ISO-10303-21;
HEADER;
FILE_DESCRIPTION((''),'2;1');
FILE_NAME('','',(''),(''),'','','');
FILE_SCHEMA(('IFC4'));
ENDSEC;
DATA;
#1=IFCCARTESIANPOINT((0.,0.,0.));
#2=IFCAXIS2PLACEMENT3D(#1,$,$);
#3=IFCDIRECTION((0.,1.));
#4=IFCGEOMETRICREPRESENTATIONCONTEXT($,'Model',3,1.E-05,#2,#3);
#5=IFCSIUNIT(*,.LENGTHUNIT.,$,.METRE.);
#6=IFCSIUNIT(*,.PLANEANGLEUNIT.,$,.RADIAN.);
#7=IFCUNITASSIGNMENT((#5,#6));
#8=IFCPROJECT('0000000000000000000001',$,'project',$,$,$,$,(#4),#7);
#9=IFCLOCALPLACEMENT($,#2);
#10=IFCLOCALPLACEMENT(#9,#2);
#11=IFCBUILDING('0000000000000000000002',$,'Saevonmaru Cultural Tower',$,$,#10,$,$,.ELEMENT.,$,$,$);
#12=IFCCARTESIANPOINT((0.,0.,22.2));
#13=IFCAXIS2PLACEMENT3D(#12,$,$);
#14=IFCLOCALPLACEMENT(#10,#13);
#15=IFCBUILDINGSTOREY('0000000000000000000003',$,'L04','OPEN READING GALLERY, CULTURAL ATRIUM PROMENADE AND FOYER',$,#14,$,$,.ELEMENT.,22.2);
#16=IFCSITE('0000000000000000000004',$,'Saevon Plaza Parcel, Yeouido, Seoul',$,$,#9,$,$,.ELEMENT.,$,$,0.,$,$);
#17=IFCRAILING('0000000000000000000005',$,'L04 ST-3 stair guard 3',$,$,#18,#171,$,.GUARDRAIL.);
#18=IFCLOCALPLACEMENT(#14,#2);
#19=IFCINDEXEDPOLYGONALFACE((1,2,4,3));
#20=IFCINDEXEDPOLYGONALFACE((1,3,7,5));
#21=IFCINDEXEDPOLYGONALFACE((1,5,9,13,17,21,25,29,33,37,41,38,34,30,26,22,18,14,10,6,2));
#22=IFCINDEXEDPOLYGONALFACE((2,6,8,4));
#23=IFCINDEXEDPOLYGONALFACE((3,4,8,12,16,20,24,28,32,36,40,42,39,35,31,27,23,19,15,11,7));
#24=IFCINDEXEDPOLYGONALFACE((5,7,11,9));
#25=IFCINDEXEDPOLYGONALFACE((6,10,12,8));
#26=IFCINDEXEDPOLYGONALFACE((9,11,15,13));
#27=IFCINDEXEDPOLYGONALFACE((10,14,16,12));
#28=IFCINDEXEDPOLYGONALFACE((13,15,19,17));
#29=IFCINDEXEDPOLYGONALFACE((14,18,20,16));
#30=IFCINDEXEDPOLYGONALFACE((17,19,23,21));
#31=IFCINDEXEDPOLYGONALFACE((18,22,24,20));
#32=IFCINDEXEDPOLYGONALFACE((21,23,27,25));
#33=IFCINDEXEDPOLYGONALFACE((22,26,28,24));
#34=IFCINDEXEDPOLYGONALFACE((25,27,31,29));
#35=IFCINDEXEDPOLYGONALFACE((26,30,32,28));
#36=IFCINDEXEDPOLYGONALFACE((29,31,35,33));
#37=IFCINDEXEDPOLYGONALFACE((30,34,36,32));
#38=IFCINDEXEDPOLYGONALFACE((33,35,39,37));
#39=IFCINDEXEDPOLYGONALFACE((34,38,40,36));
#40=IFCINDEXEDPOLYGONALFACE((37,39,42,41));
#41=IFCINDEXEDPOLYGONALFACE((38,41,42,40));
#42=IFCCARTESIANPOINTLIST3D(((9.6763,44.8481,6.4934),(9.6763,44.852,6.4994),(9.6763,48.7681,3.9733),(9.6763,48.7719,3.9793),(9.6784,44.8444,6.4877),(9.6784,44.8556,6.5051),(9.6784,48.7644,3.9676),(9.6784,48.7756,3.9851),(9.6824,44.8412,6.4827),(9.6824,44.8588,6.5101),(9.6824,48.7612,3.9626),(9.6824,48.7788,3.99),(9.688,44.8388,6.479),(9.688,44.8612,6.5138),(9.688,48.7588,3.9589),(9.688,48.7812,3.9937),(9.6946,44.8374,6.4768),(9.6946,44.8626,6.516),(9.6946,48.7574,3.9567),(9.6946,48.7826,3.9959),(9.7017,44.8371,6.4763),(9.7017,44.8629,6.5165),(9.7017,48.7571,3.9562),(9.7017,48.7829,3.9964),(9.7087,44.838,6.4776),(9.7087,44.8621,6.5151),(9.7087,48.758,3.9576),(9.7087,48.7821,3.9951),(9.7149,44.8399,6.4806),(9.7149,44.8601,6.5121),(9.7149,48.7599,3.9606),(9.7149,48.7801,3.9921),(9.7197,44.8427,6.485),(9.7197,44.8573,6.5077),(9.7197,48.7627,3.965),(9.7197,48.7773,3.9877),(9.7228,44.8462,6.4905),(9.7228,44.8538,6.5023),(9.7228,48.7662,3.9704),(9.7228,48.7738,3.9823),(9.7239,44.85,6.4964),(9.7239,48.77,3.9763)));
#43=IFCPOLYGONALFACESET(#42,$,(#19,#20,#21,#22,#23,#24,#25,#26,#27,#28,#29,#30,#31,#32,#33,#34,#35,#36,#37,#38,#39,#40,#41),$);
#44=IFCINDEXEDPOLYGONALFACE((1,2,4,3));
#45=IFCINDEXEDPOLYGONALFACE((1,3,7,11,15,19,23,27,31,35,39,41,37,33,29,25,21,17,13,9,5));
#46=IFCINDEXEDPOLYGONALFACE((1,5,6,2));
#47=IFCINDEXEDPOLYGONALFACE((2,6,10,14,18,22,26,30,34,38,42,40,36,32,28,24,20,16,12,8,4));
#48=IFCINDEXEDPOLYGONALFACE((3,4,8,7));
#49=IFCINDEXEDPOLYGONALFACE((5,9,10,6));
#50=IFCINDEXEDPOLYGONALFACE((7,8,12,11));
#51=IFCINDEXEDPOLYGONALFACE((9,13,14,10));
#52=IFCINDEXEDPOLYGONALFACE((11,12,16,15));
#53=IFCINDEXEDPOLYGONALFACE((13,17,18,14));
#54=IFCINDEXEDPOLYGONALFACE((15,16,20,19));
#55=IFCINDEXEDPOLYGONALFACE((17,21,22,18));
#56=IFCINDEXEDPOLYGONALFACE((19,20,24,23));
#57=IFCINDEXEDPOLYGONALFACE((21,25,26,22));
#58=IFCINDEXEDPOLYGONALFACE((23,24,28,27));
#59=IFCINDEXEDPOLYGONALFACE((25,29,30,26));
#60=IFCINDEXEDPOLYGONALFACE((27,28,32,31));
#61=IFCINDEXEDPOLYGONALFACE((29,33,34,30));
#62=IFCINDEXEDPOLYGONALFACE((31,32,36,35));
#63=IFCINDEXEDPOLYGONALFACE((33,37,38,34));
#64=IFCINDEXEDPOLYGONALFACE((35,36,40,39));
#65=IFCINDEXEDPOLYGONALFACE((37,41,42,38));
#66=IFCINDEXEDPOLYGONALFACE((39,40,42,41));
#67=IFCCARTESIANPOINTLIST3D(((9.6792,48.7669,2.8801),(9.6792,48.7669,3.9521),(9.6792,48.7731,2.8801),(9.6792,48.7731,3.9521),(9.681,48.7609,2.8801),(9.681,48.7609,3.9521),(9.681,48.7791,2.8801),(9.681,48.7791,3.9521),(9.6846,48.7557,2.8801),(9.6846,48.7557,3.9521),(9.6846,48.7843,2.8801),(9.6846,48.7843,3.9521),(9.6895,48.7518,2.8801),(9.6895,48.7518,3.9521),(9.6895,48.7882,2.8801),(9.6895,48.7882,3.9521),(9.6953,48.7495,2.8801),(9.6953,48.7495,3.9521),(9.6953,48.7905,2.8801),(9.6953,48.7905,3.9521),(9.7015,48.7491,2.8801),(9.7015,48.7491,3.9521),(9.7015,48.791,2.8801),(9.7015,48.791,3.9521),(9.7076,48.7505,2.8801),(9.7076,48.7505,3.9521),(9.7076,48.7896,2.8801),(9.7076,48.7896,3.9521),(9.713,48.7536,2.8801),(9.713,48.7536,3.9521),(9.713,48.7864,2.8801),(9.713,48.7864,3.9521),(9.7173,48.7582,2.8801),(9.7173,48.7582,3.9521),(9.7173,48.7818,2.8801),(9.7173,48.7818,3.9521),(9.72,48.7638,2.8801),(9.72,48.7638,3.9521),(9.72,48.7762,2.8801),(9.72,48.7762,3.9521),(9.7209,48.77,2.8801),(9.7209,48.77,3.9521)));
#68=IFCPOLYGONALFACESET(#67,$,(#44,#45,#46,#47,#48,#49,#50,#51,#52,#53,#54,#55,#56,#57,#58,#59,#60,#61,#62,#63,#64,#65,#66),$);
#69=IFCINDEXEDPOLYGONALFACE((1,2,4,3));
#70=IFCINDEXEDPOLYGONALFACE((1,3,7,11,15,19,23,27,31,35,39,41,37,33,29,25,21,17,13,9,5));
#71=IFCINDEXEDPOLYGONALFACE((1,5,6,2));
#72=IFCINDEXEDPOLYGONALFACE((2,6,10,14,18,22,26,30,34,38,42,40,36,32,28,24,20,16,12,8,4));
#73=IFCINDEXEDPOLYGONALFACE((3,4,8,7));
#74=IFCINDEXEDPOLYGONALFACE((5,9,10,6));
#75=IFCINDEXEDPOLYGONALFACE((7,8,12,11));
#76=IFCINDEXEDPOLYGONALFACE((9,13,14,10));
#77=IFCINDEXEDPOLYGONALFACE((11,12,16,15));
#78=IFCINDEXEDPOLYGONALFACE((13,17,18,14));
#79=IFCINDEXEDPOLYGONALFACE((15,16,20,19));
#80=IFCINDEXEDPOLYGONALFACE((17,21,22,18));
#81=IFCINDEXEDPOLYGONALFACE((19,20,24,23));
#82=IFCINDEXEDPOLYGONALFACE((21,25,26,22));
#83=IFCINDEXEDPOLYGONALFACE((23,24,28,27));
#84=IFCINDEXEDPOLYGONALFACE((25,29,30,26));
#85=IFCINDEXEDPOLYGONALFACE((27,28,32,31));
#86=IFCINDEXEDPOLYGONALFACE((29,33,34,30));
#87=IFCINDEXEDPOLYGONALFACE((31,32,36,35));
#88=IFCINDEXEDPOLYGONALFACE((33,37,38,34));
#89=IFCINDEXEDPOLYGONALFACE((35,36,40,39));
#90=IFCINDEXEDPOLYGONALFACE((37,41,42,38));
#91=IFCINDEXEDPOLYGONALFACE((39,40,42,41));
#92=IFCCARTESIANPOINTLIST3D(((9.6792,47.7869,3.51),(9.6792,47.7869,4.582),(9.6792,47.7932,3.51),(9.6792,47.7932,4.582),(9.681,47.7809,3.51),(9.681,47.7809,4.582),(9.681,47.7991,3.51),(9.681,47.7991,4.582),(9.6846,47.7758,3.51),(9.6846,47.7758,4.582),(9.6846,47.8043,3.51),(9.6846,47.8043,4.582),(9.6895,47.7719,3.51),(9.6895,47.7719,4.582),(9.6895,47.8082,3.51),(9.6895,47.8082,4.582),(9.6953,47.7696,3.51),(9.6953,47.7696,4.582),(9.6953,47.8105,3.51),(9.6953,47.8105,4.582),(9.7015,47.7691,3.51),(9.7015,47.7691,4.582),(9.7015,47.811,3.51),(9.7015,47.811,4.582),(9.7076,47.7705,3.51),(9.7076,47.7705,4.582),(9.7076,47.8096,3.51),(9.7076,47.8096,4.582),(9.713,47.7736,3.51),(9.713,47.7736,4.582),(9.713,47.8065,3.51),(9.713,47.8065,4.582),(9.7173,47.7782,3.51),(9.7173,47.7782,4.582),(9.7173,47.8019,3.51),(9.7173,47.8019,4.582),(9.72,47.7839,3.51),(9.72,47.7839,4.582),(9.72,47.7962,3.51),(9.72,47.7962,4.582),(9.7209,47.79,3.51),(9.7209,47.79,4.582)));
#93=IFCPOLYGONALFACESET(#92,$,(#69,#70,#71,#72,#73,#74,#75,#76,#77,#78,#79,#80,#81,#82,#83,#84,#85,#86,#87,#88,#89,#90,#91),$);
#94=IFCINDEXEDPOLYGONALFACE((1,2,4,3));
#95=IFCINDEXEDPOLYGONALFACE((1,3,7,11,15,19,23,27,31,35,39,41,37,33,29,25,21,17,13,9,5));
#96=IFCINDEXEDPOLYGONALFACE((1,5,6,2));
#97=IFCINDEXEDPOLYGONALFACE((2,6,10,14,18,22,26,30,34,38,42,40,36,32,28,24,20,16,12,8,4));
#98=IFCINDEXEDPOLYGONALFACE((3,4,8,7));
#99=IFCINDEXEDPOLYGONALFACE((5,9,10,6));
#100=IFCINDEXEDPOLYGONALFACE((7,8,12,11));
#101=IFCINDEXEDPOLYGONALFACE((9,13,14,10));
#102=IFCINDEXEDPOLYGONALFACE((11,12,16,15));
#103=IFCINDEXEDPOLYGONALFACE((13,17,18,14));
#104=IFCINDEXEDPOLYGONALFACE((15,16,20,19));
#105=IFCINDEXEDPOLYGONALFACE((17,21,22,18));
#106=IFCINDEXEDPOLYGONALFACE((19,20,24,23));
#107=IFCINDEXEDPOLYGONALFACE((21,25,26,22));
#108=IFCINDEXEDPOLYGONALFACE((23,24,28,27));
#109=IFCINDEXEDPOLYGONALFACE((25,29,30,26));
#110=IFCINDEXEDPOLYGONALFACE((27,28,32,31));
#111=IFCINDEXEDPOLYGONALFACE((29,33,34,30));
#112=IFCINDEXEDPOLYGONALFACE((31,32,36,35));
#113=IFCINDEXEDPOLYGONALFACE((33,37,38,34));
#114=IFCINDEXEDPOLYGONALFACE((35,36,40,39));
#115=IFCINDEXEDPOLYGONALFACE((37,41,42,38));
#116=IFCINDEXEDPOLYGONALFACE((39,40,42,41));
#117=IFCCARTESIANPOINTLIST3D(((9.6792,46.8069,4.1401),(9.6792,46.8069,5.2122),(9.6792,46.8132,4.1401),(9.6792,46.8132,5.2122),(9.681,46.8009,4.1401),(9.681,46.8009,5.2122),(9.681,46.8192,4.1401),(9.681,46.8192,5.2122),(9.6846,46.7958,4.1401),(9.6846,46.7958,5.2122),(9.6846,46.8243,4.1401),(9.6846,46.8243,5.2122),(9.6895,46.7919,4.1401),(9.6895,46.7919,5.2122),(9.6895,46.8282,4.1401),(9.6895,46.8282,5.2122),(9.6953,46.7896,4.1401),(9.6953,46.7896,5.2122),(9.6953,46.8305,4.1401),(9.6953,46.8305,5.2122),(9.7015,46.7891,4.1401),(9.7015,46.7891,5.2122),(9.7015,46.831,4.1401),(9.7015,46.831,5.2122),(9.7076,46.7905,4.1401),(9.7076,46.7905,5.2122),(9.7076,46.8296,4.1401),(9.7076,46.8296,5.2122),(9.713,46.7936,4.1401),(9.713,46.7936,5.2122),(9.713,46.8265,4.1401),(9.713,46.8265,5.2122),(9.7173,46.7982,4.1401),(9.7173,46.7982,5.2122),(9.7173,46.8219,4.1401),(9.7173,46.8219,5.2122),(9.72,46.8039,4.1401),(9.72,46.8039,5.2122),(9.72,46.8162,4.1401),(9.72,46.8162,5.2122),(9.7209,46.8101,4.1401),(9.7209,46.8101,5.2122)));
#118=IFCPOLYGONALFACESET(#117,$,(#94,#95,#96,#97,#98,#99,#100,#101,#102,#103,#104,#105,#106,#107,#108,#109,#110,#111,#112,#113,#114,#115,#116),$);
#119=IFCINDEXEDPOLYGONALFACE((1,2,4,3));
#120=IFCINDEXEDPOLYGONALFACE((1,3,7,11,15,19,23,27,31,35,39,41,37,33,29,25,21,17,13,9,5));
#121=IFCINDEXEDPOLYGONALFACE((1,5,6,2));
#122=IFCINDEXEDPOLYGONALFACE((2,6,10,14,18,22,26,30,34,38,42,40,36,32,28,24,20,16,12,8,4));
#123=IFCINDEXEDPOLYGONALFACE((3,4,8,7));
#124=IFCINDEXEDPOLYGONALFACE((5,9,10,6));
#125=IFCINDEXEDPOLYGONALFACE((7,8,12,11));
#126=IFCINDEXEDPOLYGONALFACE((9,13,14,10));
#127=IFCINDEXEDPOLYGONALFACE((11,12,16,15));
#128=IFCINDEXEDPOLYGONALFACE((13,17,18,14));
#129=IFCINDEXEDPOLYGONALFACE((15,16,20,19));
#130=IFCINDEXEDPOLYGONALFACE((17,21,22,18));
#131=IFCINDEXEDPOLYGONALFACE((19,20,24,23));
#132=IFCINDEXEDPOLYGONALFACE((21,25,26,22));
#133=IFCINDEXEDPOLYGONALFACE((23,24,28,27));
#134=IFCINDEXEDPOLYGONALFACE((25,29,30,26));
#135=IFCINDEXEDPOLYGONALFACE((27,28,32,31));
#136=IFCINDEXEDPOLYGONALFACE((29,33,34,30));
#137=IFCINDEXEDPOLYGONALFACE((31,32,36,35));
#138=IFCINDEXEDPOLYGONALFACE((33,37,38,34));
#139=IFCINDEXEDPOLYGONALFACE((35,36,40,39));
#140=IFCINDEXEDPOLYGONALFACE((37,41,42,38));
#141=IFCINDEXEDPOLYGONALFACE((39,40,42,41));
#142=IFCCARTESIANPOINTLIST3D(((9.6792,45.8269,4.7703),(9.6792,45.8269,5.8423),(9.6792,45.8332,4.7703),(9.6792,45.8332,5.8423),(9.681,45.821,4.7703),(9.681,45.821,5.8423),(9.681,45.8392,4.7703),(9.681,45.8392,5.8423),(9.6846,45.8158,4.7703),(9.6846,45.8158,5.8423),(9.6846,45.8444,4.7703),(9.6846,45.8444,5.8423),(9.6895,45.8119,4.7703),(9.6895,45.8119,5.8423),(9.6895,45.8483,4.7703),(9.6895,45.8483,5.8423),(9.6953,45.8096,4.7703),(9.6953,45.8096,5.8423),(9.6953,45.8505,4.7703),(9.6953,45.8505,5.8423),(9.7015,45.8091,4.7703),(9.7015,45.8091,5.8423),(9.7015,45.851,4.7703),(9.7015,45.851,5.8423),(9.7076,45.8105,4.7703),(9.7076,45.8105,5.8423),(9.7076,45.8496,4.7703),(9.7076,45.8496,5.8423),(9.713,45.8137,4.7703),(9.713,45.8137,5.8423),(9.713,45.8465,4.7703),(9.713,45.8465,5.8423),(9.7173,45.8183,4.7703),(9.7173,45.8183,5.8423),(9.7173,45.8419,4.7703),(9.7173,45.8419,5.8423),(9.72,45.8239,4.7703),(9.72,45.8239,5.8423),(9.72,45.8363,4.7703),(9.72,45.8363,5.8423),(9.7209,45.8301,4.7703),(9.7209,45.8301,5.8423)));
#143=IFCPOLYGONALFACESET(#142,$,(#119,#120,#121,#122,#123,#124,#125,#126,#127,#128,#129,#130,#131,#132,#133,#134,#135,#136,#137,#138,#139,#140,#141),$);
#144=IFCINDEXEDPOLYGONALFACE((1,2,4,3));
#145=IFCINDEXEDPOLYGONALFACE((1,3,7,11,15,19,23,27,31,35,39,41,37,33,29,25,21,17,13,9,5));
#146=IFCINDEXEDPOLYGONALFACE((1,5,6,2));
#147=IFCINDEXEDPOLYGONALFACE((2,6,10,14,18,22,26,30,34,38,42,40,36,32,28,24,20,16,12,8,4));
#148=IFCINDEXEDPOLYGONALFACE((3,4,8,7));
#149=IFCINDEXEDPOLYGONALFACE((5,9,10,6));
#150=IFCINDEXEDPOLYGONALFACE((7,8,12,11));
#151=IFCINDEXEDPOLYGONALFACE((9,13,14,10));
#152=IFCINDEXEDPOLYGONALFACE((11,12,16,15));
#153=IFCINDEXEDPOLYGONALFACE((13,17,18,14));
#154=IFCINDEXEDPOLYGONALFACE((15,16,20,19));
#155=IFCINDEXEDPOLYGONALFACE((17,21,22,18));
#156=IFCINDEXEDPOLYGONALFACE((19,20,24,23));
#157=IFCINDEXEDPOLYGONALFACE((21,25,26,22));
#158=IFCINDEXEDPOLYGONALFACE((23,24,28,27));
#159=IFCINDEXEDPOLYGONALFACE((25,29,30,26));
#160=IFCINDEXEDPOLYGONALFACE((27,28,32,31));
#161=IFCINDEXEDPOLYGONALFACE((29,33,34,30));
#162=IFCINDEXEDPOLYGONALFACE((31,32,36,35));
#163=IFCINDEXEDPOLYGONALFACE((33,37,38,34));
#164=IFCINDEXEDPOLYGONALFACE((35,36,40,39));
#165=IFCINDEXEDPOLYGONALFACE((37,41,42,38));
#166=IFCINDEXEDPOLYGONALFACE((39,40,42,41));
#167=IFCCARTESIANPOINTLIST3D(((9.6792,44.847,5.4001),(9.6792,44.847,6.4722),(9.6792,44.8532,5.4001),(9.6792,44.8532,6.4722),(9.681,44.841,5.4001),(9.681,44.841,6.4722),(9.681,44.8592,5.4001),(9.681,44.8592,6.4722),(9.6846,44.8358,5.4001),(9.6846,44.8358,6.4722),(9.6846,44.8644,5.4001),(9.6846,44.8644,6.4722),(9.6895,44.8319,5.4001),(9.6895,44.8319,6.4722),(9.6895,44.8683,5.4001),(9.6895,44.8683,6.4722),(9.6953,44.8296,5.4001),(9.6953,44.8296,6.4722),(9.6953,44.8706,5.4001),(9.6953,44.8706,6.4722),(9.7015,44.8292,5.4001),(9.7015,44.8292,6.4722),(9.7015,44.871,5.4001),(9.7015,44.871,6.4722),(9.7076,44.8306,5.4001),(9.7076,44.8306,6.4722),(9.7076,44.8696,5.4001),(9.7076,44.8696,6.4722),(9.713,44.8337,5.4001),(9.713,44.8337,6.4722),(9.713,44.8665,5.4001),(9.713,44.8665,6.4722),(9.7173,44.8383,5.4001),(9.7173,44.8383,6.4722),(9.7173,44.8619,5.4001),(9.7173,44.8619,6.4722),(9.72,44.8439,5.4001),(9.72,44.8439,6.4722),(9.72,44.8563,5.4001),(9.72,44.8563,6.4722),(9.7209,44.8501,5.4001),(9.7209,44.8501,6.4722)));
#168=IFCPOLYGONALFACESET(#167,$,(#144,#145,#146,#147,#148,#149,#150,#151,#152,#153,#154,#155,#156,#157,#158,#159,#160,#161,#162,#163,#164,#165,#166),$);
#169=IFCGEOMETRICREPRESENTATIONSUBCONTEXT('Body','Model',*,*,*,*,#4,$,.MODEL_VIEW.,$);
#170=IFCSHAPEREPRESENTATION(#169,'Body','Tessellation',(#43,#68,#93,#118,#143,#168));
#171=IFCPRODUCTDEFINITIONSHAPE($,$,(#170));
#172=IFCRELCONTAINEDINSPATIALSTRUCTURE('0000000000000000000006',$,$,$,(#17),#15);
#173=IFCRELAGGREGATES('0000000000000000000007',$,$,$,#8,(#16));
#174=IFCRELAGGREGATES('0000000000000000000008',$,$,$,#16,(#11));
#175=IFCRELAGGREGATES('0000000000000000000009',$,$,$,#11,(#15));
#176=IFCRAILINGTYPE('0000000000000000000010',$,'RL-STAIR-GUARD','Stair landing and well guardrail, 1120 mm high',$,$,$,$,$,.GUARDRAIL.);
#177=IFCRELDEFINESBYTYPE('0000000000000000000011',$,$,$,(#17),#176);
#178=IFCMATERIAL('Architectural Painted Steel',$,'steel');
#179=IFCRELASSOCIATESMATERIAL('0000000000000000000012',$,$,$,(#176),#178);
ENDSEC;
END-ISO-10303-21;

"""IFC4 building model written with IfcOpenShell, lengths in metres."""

from ifc_helpers import new_model, si_unit, direction, frame, origin, origin_2d, place, context, subcontext, project, spatial, circle, extrude, material, type_object, element, save


model = new_model("IFC4")

# Units and contexts
model_context = context("Model", 3, precision=1e-05, world=origin(), true_north=direction((0.0, 1.0)))
body_context = subcontext(model_context, "Body", "Model", "MODEL_VIEW")
ifc_project = project(units=[si_unit("LENGTHUNIT", "METRE"), si_unit("PLANEANGLEUNIT", "RADIAN")], contexts=[model_context])

# Site, building, storey
site_placement = place(None, origin())
site = spatial("IfcSite", under=ifc_project, at=site_placement, Name="Saevon Plaza Parcel, Yeouido, Seoul", CompositionType="ELEMENT", RefElevation=0.0)
building_placement = place(site_placement, origin())
building = spatial("IfcBuilding", under=site, at=building_placement, Name="Saevonmaru Cultural Tower", CompositionType="ELEMENT")
storey_placement = place(building_placement, frame((0.0, 0.0, 22.2)))
storey = spatial("IfcBuildingStorey", under=building, at=storey_placement, Name="L04", Description="OPEN READING GALLERY, CULTURAL ATRIUM PROMENADE AND FOYER", CompositionType="ELEMENT", Elevation=22.2)

# Railing
ifc_material_1 = material(Name="Architectural Painted Steel", Category="steel")
railing_type_1 = type_object("IfcRailingType", Name="RL-STAIR-GUARD", Description="Stair landing and well guardrail, 1120 mm high", PredefinedType="GUARDRAIL", material=ifc_material_1)
railing_1_placement = place(storey_placement, frame((9.7, 48.77, 2.8801)))
element("IfcRailing", 1, at=railing_1_placement, inside=storey, type_object=railing_type_1, Name="L04 ST-3 stair guard 3", PredefinedType="GUARDRAIL", context=body_context, shape_type="SweptSolid", body=[
    extrude(circle(Radius=0.0239, at=origin_2d()), frame((0.0, 0.0, 1.0962), z_axis=(0.0, -0.841172, 0.540768), x_axis=(1.0, 0.0, 0.0)), (0.0, 0.0, 1.0), 4.6602),
    extrude(circle(Radius=0.021, at=origin_2d()), origin(), (0.0, 0.0, 1.0), 1.072),
    extrude(circle(Radius=0.021, at=origin_2d()), frame((0.0, -0.98, 0.6299)), (0.0, 0.0, 1.0), 1.072),
    extrude(circle(Radius=0.021, at=origin_2d()), frame((0.0, -1.96, 1.26)), (0.0, 0.0, 1.0), 1.072),
    extrude(circle(Radius=0.021, at=origin_2d()), frame((0.0, -2.9399, 1.8901)), (0.0, 0.0, 1.0), 1.072),
    extrude(circle(Radius=0.021, at=origin_2d()), frame((0.0, -3.9199, 2.52)), (0.0, 0.0, 1.0), 1.072),
])

save(model, "model.ifc")
